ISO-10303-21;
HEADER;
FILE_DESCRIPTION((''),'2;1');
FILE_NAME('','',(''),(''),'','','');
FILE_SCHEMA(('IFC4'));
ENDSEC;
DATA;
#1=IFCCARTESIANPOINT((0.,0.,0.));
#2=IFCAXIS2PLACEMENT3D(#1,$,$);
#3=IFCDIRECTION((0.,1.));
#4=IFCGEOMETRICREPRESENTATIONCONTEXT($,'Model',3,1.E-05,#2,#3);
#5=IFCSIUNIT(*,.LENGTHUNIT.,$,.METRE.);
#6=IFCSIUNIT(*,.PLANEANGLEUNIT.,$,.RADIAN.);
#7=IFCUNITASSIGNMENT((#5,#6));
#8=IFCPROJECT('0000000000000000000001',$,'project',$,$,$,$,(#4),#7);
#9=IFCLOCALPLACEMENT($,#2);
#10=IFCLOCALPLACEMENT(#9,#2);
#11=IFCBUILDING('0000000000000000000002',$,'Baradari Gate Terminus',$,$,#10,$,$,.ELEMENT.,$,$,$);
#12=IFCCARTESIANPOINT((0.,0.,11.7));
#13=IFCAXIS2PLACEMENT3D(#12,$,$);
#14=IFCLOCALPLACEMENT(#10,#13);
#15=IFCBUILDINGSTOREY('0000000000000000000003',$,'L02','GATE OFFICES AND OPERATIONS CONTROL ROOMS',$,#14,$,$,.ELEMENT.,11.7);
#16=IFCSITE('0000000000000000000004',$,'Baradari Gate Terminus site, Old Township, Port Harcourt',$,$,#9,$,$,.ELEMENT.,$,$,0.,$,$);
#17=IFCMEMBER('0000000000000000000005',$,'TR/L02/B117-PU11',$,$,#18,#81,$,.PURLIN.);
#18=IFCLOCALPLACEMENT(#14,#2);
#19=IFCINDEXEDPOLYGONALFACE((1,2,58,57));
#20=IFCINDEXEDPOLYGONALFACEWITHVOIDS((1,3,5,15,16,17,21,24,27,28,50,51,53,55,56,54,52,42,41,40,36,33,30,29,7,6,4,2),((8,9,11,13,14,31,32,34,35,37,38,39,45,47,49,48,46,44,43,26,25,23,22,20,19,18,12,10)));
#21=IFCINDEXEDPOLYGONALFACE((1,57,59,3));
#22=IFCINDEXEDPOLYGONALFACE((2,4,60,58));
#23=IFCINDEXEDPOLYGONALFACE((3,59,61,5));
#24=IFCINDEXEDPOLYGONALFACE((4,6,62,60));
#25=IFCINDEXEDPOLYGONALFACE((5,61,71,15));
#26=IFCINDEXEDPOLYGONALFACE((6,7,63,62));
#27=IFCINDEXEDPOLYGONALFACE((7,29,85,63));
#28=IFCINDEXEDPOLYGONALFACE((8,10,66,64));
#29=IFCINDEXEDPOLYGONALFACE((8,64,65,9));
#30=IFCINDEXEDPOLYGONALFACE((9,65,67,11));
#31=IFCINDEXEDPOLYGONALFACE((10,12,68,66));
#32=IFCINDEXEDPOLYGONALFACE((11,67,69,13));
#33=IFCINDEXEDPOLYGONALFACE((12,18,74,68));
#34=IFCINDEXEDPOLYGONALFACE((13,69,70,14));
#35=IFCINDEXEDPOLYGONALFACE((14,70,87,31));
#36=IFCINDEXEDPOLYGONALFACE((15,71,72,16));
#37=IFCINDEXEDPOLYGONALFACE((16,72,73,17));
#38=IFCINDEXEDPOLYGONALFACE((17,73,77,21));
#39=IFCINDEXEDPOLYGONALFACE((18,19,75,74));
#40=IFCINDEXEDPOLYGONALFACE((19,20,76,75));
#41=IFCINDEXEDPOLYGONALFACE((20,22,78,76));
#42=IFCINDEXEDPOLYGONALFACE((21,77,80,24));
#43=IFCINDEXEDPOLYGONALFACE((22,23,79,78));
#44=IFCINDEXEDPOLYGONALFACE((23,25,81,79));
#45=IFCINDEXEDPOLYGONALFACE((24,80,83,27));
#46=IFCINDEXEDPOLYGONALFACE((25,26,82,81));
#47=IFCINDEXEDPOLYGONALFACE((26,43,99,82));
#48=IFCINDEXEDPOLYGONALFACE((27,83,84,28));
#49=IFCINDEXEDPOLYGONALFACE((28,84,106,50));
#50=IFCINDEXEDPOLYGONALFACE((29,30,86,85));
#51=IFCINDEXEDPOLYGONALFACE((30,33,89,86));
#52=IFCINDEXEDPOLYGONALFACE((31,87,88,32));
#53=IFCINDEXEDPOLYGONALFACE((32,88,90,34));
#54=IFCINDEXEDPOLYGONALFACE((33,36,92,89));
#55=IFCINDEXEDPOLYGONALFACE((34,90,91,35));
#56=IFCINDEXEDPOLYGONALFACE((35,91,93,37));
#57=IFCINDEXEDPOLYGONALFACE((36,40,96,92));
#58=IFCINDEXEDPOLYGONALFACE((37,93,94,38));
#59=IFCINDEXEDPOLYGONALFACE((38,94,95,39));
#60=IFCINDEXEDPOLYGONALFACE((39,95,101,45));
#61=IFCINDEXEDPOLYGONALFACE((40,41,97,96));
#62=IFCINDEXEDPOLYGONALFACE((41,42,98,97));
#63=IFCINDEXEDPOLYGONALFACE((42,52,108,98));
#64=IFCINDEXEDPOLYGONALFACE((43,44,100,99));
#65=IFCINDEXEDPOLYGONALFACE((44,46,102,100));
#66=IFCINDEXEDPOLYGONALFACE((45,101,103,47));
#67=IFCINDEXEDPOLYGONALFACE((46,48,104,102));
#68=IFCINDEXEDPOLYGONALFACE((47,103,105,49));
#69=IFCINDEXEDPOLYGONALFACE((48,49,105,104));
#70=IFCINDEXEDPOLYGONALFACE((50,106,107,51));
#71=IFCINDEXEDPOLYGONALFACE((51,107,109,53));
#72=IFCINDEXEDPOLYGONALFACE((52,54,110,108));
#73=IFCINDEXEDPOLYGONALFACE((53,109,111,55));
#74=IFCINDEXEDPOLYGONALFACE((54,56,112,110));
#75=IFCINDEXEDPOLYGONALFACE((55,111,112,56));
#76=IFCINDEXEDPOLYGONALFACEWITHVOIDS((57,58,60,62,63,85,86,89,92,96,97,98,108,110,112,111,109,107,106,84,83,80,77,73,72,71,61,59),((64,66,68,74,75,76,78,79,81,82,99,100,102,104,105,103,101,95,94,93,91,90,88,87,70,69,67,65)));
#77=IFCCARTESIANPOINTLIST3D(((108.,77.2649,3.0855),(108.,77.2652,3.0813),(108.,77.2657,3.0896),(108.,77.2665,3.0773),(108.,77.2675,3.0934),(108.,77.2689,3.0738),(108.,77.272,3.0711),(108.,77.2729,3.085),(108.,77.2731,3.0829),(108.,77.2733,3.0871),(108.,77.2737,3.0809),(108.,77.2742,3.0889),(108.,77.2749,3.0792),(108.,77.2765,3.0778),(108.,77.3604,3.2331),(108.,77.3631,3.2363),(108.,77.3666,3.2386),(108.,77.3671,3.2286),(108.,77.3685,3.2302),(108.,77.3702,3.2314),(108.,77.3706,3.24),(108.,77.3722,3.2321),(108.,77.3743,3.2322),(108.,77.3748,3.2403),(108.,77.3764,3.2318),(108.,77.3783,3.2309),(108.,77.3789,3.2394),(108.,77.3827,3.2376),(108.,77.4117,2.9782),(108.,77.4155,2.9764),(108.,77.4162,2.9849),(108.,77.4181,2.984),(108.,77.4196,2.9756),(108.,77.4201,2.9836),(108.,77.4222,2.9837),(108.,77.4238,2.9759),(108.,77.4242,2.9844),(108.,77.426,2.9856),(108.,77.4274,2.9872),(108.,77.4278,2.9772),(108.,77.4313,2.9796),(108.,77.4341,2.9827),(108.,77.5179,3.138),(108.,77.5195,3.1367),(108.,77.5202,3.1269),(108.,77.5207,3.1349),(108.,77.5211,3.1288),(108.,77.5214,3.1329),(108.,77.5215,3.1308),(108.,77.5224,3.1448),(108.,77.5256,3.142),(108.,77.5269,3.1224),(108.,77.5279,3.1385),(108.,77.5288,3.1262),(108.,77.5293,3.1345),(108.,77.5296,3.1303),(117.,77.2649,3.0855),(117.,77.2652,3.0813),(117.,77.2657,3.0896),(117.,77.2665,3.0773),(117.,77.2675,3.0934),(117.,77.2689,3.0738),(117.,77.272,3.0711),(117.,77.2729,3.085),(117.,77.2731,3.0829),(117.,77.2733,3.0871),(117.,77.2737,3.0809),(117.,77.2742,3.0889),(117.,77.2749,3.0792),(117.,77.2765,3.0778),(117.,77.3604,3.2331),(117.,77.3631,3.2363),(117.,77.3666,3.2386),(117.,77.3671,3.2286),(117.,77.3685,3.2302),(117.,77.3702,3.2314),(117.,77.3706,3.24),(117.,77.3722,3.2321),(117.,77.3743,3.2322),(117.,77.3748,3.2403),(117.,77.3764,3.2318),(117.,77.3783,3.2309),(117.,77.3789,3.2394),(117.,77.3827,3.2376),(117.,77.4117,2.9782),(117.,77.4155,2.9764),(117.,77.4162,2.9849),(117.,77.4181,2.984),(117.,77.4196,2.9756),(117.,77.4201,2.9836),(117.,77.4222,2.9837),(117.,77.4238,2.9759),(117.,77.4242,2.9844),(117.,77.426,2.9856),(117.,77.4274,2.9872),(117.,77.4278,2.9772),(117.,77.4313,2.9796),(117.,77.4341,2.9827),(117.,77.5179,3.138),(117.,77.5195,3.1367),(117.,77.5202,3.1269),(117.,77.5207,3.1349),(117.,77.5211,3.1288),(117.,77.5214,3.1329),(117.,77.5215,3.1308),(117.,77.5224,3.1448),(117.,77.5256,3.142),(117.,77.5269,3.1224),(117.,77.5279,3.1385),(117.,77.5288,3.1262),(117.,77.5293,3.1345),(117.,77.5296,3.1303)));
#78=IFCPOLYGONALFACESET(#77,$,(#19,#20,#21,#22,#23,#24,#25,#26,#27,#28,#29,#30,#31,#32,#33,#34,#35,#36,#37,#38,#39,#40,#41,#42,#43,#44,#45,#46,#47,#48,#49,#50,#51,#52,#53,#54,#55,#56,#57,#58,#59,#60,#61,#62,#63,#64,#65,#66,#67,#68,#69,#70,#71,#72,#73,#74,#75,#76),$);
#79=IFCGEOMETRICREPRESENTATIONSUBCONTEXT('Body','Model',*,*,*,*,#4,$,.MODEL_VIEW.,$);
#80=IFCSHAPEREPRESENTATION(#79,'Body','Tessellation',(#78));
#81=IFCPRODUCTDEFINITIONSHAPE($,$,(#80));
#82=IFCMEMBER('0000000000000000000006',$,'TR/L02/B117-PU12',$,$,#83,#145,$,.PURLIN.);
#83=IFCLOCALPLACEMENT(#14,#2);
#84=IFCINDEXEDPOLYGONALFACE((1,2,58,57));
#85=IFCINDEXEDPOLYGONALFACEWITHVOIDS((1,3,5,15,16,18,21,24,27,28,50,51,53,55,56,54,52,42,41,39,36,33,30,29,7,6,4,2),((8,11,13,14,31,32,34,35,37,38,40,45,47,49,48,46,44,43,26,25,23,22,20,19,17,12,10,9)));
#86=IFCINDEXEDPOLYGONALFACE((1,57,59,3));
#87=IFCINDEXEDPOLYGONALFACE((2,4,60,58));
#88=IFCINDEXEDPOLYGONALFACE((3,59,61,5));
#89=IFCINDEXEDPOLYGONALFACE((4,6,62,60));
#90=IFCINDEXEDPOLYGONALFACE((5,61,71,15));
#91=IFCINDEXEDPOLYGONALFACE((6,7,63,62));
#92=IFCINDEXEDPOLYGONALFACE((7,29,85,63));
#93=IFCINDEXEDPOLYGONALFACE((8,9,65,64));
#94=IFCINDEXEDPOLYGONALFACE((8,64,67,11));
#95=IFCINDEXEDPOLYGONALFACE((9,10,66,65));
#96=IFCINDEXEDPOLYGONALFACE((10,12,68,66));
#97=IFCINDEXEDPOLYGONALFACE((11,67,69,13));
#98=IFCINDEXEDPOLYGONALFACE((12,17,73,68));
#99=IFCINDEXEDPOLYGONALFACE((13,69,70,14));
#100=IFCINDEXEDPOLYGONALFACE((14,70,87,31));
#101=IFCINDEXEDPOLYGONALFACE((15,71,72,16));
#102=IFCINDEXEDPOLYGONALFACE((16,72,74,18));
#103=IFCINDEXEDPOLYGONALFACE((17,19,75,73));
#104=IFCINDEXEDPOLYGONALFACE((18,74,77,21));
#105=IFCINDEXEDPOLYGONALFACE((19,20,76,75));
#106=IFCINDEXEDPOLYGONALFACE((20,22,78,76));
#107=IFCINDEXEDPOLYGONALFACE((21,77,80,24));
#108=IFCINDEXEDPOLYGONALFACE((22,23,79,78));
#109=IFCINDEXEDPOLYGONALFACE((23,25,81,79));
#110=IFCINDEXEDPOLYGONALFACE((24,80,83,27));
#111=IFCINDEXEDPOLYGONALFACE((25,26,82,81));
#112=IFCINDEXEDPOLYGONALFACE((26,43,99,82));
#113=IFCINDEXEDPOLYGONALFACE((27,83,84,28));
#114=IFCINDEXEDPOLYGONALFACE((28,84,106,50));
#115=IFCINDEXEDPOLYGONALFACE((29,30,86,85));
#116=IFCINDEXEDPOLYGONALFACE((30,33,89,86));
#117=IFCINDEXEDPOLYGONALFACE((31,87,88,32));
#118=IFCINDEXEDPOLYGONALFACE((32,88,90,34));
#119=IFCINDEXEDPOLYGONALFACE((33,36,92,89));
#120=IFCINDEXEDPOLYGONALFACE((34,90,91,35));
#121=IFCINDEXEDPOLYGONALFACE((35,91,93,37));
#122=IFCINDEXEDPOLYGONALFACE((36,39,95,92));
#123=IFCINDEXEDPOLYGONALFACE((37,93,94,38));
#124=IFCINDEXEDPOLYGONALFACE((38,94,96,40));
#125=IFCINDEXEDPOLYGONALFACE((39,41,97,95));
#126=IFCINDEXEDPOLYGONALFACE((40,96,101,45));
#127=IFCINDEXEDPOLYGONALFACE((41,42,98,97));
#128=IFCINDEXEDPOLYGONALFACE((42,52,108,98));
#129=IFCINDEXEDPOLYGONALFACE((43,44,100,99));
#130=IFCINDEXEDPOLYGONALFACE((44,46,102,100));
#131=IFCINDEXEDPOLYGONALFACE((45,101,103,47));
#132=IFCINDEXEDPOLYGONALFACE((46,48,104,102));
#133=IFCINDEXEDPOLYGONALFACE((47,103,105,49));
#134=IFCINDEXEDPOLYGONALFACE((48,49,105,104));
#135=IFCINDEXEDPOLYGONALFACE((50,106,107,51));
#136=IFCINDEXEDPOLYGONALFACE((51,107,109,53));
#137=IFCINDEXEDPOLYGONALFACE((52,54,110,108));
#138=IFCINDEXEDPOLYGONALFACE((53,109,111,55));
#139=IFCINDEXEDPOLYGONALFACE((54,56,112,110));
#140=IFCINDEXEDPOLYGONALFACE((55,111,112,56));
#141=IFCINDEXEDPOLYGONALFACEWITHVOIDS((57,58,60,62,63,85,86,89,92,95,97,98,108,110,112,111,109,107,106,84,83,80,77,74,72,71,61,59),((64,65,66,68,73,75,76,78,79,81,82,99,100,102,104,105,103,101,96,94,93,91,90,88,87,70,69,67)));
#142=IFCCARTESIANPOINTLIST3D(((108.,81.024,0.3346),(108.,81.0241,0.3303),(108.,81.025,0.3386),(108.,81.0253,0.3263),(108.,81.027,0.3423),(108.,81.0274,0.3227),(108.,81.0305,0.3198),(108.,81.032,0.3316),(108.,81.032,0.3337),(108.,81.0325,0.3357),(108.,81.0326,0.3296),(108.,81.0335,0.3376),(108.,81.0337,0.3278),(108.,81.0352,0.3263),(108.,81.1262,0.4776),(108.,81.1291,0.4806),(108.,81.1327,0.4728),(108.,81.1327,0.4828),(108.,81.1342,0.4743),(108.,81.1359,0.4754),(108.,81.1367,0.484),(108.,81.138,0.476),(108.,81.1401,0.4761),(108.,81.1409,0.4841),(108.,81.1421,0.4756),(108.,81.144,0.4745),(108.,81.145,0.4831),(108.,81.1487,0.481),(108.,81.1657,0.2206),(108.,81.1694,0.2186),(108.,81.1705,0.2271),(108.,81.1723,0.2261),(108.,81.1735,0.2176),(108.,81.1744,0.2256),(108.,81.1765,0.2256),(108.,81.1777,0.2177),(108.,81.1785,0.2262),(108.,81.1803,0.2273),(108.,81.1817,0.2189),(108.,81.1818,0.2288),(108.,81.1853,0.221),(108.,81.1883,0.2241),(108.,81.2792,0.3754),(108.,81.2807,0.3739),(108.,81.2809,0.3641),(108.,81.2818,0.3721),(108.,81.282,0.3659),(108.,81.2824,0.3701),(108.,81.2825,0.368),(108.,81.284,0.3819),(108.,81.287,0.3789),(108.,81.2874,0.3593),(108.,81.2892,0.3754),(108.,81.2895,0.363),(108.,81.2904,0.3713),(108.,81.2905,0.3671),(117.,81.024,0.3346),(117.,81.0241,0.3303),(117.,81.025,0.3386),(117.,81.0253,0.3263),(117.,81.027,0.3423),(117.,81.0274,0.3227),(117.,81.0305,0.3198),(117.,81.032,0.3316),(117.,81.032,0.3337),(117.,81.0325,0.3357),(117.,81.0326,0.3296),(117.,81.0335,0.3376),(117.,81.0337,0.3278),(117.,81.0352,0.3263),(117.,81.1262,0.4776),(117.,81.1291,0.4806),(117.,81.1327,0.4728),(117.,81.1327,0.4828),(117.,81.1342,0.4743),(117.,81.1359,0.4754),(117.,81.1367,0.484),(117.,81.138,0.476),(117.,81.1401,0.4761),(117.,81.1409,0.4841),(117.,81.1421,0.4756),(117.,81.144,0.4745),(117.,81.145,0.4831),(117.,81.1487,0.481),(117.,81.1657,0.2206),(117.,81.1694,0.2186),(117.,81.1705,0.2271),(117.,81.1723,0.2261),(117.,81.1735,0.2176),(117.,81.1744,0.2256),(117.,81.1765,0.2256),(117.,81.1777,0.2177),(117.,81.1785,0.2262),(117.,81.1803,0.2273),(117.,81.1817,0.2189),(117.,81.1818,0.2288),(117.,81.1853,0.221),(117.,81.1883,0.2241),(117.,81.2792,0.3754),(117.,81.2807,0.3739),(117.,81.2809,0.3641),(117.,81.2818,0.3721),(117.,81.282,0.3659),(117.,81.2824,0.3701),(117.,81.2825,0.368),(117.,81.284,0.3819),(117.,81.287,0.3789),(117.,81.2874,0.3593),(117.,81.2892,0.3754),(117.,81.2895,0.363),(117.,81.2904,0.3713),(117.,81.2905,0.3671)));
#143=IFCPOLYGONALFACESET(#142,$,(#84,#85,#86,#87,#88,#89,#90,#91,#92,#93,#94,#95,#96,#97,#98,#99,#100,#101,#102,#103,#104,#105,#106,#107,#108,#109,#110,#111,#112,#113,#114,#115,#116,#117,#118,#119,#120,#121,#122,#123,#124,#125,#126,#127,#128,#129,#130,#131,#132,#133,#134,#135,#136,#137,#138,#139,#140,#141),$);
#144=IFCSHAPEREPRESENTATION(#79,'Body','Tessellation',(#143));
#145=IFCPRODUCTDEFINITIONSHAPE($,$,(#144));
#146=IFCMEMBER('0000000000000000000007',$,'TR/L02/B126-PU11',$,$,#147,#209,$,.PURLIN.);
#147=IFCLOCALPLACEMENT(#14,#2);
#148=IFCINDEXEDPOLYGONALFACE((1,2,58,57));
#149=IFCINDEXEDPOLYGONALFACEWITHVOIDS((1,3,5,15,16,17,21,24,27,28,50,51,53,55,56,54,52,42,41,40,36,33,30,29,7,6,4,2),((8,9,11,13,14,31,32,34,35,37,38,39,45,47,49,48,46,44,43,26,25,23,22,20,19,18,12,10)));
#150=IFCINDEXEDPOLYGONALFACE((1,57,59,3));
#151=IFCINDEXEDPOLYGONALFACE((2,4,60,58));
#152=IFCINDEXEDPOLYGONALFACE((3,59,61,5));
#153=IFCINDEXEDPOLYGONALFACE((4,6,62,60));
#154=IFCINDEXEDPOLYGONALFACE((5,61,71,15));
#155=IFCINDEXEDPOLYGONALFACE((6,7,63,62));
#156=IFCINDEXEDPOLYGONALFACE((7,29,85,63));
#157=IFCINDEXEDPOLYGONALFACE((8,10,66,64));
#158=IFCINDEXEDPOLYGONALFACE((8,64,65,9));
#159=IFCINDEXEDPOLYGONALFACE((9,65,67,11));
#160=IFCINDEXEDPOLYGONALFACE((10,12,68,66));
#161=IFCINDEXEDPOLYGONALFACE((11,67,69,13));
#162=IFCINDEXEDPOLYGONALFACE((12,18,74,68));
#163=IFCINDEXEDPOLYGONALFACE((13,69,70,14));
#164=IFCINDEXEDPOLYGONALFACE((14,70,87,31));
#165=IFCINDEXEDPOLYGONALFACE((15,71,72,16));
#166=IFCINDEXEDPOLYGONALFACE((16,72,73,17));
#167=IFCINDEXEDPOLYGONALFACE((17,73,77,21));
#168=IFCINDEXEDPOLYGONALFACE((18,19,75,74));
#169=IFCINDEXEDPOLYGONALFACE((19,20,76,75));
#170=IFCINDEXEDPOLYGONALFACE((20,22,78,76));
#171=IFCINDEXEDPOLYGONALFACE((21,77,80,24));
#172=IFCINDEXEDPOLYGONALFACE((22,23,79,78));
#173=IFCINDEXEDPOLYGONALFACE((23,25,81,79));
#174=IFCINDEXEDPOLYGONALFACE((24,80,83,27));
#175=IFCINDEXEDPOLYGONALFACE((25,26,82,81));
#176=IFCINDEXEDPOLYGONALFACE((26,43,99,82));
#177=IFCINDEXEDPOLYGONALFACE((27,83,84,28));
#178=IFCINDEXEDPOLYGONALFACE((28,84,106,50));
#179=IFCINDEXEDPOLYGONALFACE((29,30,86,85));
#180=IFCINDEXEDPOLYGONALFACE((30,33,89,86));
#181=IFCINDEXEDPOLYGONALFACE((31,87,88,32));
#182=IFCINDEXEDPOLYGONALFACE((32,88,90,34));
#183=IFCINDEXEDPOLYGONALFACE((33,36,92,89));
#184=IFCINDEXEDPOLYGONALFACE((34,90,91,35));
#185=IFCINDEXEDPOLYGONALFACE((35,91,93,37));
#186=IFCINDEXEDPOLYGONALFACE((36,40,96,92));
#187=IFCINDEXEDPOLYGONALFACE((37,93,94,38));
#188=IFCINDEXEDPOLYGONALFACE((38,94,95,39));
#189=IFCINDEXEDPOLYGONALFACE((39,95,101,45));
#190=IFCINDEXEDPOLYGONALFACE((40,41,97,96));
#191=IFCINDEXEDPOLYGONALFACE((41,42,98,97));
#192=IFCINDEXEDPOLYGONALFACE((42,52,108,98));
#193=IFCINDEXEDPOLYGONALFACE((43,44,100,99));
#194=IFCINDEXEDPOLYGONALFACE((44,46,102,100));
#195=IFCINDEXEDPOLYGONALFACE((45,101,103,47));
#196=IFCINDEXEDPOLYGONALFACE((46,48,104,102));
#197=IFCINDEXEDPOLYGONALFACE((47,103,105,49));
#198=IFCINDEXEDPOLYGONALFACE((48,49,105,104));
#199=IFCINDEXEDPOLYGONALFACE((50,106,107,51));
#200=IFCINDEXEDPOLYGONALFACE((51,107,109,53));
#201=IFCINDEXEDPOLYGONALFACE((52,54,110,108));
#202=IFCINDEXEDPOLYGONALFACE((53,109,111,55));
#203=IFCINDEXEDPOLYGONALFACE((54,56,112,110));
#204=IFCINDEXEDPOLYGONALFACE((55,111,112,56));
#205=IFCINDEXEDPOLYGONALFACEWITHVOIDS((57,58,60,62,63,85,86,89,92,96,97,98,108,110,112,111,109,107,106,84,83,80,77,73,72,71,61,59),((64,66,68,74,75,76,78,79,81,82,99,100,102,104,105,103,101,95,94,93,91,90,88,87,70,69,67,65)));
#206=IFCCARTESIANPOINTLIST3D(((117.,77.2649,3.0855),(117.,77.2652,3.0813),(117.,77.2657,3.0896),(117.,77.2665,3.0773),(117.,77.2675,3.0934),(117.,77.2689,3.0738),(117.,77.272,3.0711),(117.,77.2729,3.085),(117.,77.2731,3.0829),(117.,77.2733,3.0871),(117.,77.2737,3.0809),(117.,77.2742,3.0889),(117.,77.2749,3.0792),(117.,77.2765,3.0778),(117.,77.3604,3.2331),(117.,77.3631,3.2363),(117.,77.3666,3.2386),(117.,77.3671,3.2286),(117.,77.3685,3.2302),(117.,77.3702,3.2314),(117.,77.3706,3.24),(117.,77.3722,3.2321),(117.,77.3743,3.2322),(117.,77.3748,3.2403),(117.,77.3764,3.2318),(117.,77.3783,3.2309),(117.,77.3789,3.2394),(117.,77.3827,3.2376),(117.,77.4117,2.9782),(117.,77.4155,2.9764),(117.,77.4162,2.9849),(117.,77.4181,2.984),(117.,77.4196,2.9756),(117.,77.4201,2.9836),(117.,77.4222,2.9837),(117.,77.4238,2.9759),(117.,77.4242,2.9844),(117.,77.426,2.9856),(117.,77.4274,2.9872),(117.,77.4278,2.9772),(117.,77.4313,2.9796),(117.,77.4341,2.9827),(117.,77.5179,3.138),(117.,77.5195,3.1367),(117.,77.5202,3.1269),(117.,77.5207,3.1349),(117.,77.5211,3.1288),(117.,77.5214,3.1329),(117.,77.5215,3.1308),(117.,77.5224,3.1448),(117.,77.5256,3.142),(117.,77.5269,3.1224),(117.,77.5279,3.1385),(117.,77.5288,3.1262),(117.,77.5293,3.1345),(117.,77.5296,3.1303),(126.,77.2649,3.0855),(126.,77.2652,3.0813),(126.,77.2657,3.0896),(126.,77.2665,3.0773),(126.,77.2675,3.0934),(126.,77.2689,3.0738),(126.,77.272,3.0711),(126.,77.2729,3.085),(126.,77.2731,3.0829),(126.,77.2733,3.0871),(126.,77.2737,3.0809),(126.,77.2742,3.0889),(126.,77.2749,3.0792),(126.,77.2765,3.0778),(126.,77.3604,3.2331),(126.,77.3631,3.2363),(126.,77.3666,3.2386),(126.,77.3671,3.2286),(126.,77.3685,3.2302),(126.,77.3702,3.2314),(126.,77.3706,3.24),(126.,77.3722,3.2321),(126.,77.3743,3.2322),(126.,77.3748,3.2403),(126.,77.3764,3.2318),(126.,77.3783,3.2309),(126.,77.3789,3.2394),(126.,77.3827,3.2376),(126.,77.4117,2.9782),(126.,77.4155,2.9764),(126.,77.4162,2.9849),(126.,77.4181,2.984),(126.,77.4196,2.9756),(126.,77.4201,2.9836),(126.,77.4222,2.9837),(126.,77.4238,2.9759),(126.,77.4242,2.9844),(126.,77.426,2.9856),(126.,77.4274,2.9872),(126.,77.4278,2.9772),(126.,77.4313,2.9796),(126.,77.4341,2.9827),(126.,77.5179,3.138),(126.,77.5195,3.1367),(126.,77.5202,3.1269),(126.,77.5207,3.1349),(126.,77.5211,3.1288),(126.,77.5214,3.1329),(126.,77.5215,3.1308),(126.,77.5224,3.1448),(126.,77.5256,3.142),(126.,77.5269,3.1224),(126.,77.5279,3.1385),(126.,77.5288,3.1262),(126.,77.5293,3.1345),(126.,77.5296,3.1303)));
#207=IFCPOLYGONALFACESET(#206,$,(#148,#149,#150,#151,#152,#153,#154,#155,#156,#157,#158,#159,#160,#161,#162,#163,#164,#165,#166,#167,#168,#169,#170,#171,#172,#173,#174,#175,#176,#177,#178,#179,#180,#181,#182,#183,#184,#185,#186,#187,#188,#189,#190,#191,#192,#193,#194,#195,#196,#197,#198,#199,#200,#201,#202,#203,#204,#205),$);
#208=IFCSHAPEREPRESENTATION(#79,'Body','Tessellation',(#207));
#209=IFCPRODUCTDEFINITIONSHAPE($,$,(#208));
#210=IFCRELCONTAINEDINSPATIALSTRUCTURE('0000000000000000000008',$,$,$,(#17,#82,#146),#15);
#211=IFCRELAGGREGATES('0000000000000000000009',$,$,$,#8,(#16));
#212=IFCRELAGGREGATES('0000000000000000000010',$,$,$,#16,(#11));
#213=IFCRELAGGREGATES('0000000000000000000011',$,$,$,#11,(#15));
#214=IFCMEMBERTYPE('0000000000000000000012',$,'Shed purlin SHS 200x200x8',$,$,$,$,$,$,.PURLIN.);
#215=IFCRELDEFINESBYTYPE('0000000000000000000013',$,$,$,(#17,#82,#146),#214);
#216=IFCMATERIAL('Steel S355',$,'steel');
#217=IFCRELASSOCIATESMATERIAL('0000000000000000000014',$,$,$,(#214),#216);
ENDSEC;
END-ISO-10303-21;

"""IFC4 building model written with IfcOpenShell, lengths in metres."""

from ifc_helpers import new_model, si_unit, direction, frame, origin, origin_2d, place, context, subcontext, project, spatial, hollow_rectangle, extrude, material, material_profile, profile_set, type_object, element, save


model = new_model("IFC4")

# Units and contexts
model_context = context("Model", 3, precision=1e-05, world=origin(), true_north=direction((0.0, 1.0)))
body_context = subcontext(model_context, "Body", "Model", "MODEL_VIEW")
ifc_project = project(units=[si_unit("LENGTHUNIT", "METRE"), si_unit("PLANEANGLEUNIT", "RADIAN")], contexts=[model_context])

# Site, building, storey
site_placement = place(None, origin())
site = spatial("IfcSite", under=ifc_project, at=site_placement, Name="Baradari Gate Terminus site, Old Township, Port Harcourt", CompositionType="ELEMENT", RefElevation=0.0)
building_placement = place(site_placement, origin())
building = spatial("IfcBuilding", under=site, at=building_placement, Name="Baradari Gate Terminus", CompositionType="ELEMENT")
storey_placement = place(building_placement, frame((0.0, 0.0, 11.7)))
storey = spatial("IfcBuildingStorey", under=building, at=storey_placement, Name="L02", Description="GATE OFFICES AND OPERATIONS CONTROL ROOMS", CompositionType="ELEMENT", Elevation=11.7)

# Members
ifc_material_1 = material(Name="Steel S355", Category="steel")
ifc_material_profile_1 = material_profile(ifc_material_1, hollow_rectangle(XDim=0.2, YDim=0.2, WallThickness=0.0081, InnerFilletRadius=0.0081, OuterFilletRadius=0.0161, at=origin_2d()), Name="SHS 200x200x8")
ifc_profile_set_1 = profile_set([ifc_material_profile_1], Name="Steel S355")
member_type_1 = type_object("IfcMemberType", Name="Shed purlin SHS 200x200x8", PredefinedType="PURLIN", material=ifc_profile_set_1)
for number, where, z_axis, x_axis, name in (
    (1, (108.0, 77.3972, 3.1079), (1.0, 0.0, 0.0), (0.0, 0.832836, -0.553519), "TR/L02/B117-PU11"),
    (2, (108.0, 81.1572, 0.3508), (1.0, 0.0, 0.0), (0.0, 0.806405, -0.591364), "TR/L02/B117-PU12"),
    (3, (117.0, 77.3972, 3.1079), (1.0, 0.0, 0.0), (0.0, 0.832836, -0.553519), "TR/L02/B126-PU11"),
):
    element("IfcMember", number, at=place(storey_placement, frame(where, z_axis=z_axis, x_axis=x_axis)), inside=storey, type_object=member_type_1, Name=name, PredefinedType="PURLIN", context=body_context, shape_type="SweptSolid", body=[
        extrude(hollow_rectangle(XDim=0.2, YDim=0.2, WallThickness=0.0081, InnerFilletRadius=0.0081, OuterFilletRadius=0.0161, at=origin_2d()), origin(), (0.0, 0.0, 1.0), 9.0),
    ])

save(model, "model.ifc")
